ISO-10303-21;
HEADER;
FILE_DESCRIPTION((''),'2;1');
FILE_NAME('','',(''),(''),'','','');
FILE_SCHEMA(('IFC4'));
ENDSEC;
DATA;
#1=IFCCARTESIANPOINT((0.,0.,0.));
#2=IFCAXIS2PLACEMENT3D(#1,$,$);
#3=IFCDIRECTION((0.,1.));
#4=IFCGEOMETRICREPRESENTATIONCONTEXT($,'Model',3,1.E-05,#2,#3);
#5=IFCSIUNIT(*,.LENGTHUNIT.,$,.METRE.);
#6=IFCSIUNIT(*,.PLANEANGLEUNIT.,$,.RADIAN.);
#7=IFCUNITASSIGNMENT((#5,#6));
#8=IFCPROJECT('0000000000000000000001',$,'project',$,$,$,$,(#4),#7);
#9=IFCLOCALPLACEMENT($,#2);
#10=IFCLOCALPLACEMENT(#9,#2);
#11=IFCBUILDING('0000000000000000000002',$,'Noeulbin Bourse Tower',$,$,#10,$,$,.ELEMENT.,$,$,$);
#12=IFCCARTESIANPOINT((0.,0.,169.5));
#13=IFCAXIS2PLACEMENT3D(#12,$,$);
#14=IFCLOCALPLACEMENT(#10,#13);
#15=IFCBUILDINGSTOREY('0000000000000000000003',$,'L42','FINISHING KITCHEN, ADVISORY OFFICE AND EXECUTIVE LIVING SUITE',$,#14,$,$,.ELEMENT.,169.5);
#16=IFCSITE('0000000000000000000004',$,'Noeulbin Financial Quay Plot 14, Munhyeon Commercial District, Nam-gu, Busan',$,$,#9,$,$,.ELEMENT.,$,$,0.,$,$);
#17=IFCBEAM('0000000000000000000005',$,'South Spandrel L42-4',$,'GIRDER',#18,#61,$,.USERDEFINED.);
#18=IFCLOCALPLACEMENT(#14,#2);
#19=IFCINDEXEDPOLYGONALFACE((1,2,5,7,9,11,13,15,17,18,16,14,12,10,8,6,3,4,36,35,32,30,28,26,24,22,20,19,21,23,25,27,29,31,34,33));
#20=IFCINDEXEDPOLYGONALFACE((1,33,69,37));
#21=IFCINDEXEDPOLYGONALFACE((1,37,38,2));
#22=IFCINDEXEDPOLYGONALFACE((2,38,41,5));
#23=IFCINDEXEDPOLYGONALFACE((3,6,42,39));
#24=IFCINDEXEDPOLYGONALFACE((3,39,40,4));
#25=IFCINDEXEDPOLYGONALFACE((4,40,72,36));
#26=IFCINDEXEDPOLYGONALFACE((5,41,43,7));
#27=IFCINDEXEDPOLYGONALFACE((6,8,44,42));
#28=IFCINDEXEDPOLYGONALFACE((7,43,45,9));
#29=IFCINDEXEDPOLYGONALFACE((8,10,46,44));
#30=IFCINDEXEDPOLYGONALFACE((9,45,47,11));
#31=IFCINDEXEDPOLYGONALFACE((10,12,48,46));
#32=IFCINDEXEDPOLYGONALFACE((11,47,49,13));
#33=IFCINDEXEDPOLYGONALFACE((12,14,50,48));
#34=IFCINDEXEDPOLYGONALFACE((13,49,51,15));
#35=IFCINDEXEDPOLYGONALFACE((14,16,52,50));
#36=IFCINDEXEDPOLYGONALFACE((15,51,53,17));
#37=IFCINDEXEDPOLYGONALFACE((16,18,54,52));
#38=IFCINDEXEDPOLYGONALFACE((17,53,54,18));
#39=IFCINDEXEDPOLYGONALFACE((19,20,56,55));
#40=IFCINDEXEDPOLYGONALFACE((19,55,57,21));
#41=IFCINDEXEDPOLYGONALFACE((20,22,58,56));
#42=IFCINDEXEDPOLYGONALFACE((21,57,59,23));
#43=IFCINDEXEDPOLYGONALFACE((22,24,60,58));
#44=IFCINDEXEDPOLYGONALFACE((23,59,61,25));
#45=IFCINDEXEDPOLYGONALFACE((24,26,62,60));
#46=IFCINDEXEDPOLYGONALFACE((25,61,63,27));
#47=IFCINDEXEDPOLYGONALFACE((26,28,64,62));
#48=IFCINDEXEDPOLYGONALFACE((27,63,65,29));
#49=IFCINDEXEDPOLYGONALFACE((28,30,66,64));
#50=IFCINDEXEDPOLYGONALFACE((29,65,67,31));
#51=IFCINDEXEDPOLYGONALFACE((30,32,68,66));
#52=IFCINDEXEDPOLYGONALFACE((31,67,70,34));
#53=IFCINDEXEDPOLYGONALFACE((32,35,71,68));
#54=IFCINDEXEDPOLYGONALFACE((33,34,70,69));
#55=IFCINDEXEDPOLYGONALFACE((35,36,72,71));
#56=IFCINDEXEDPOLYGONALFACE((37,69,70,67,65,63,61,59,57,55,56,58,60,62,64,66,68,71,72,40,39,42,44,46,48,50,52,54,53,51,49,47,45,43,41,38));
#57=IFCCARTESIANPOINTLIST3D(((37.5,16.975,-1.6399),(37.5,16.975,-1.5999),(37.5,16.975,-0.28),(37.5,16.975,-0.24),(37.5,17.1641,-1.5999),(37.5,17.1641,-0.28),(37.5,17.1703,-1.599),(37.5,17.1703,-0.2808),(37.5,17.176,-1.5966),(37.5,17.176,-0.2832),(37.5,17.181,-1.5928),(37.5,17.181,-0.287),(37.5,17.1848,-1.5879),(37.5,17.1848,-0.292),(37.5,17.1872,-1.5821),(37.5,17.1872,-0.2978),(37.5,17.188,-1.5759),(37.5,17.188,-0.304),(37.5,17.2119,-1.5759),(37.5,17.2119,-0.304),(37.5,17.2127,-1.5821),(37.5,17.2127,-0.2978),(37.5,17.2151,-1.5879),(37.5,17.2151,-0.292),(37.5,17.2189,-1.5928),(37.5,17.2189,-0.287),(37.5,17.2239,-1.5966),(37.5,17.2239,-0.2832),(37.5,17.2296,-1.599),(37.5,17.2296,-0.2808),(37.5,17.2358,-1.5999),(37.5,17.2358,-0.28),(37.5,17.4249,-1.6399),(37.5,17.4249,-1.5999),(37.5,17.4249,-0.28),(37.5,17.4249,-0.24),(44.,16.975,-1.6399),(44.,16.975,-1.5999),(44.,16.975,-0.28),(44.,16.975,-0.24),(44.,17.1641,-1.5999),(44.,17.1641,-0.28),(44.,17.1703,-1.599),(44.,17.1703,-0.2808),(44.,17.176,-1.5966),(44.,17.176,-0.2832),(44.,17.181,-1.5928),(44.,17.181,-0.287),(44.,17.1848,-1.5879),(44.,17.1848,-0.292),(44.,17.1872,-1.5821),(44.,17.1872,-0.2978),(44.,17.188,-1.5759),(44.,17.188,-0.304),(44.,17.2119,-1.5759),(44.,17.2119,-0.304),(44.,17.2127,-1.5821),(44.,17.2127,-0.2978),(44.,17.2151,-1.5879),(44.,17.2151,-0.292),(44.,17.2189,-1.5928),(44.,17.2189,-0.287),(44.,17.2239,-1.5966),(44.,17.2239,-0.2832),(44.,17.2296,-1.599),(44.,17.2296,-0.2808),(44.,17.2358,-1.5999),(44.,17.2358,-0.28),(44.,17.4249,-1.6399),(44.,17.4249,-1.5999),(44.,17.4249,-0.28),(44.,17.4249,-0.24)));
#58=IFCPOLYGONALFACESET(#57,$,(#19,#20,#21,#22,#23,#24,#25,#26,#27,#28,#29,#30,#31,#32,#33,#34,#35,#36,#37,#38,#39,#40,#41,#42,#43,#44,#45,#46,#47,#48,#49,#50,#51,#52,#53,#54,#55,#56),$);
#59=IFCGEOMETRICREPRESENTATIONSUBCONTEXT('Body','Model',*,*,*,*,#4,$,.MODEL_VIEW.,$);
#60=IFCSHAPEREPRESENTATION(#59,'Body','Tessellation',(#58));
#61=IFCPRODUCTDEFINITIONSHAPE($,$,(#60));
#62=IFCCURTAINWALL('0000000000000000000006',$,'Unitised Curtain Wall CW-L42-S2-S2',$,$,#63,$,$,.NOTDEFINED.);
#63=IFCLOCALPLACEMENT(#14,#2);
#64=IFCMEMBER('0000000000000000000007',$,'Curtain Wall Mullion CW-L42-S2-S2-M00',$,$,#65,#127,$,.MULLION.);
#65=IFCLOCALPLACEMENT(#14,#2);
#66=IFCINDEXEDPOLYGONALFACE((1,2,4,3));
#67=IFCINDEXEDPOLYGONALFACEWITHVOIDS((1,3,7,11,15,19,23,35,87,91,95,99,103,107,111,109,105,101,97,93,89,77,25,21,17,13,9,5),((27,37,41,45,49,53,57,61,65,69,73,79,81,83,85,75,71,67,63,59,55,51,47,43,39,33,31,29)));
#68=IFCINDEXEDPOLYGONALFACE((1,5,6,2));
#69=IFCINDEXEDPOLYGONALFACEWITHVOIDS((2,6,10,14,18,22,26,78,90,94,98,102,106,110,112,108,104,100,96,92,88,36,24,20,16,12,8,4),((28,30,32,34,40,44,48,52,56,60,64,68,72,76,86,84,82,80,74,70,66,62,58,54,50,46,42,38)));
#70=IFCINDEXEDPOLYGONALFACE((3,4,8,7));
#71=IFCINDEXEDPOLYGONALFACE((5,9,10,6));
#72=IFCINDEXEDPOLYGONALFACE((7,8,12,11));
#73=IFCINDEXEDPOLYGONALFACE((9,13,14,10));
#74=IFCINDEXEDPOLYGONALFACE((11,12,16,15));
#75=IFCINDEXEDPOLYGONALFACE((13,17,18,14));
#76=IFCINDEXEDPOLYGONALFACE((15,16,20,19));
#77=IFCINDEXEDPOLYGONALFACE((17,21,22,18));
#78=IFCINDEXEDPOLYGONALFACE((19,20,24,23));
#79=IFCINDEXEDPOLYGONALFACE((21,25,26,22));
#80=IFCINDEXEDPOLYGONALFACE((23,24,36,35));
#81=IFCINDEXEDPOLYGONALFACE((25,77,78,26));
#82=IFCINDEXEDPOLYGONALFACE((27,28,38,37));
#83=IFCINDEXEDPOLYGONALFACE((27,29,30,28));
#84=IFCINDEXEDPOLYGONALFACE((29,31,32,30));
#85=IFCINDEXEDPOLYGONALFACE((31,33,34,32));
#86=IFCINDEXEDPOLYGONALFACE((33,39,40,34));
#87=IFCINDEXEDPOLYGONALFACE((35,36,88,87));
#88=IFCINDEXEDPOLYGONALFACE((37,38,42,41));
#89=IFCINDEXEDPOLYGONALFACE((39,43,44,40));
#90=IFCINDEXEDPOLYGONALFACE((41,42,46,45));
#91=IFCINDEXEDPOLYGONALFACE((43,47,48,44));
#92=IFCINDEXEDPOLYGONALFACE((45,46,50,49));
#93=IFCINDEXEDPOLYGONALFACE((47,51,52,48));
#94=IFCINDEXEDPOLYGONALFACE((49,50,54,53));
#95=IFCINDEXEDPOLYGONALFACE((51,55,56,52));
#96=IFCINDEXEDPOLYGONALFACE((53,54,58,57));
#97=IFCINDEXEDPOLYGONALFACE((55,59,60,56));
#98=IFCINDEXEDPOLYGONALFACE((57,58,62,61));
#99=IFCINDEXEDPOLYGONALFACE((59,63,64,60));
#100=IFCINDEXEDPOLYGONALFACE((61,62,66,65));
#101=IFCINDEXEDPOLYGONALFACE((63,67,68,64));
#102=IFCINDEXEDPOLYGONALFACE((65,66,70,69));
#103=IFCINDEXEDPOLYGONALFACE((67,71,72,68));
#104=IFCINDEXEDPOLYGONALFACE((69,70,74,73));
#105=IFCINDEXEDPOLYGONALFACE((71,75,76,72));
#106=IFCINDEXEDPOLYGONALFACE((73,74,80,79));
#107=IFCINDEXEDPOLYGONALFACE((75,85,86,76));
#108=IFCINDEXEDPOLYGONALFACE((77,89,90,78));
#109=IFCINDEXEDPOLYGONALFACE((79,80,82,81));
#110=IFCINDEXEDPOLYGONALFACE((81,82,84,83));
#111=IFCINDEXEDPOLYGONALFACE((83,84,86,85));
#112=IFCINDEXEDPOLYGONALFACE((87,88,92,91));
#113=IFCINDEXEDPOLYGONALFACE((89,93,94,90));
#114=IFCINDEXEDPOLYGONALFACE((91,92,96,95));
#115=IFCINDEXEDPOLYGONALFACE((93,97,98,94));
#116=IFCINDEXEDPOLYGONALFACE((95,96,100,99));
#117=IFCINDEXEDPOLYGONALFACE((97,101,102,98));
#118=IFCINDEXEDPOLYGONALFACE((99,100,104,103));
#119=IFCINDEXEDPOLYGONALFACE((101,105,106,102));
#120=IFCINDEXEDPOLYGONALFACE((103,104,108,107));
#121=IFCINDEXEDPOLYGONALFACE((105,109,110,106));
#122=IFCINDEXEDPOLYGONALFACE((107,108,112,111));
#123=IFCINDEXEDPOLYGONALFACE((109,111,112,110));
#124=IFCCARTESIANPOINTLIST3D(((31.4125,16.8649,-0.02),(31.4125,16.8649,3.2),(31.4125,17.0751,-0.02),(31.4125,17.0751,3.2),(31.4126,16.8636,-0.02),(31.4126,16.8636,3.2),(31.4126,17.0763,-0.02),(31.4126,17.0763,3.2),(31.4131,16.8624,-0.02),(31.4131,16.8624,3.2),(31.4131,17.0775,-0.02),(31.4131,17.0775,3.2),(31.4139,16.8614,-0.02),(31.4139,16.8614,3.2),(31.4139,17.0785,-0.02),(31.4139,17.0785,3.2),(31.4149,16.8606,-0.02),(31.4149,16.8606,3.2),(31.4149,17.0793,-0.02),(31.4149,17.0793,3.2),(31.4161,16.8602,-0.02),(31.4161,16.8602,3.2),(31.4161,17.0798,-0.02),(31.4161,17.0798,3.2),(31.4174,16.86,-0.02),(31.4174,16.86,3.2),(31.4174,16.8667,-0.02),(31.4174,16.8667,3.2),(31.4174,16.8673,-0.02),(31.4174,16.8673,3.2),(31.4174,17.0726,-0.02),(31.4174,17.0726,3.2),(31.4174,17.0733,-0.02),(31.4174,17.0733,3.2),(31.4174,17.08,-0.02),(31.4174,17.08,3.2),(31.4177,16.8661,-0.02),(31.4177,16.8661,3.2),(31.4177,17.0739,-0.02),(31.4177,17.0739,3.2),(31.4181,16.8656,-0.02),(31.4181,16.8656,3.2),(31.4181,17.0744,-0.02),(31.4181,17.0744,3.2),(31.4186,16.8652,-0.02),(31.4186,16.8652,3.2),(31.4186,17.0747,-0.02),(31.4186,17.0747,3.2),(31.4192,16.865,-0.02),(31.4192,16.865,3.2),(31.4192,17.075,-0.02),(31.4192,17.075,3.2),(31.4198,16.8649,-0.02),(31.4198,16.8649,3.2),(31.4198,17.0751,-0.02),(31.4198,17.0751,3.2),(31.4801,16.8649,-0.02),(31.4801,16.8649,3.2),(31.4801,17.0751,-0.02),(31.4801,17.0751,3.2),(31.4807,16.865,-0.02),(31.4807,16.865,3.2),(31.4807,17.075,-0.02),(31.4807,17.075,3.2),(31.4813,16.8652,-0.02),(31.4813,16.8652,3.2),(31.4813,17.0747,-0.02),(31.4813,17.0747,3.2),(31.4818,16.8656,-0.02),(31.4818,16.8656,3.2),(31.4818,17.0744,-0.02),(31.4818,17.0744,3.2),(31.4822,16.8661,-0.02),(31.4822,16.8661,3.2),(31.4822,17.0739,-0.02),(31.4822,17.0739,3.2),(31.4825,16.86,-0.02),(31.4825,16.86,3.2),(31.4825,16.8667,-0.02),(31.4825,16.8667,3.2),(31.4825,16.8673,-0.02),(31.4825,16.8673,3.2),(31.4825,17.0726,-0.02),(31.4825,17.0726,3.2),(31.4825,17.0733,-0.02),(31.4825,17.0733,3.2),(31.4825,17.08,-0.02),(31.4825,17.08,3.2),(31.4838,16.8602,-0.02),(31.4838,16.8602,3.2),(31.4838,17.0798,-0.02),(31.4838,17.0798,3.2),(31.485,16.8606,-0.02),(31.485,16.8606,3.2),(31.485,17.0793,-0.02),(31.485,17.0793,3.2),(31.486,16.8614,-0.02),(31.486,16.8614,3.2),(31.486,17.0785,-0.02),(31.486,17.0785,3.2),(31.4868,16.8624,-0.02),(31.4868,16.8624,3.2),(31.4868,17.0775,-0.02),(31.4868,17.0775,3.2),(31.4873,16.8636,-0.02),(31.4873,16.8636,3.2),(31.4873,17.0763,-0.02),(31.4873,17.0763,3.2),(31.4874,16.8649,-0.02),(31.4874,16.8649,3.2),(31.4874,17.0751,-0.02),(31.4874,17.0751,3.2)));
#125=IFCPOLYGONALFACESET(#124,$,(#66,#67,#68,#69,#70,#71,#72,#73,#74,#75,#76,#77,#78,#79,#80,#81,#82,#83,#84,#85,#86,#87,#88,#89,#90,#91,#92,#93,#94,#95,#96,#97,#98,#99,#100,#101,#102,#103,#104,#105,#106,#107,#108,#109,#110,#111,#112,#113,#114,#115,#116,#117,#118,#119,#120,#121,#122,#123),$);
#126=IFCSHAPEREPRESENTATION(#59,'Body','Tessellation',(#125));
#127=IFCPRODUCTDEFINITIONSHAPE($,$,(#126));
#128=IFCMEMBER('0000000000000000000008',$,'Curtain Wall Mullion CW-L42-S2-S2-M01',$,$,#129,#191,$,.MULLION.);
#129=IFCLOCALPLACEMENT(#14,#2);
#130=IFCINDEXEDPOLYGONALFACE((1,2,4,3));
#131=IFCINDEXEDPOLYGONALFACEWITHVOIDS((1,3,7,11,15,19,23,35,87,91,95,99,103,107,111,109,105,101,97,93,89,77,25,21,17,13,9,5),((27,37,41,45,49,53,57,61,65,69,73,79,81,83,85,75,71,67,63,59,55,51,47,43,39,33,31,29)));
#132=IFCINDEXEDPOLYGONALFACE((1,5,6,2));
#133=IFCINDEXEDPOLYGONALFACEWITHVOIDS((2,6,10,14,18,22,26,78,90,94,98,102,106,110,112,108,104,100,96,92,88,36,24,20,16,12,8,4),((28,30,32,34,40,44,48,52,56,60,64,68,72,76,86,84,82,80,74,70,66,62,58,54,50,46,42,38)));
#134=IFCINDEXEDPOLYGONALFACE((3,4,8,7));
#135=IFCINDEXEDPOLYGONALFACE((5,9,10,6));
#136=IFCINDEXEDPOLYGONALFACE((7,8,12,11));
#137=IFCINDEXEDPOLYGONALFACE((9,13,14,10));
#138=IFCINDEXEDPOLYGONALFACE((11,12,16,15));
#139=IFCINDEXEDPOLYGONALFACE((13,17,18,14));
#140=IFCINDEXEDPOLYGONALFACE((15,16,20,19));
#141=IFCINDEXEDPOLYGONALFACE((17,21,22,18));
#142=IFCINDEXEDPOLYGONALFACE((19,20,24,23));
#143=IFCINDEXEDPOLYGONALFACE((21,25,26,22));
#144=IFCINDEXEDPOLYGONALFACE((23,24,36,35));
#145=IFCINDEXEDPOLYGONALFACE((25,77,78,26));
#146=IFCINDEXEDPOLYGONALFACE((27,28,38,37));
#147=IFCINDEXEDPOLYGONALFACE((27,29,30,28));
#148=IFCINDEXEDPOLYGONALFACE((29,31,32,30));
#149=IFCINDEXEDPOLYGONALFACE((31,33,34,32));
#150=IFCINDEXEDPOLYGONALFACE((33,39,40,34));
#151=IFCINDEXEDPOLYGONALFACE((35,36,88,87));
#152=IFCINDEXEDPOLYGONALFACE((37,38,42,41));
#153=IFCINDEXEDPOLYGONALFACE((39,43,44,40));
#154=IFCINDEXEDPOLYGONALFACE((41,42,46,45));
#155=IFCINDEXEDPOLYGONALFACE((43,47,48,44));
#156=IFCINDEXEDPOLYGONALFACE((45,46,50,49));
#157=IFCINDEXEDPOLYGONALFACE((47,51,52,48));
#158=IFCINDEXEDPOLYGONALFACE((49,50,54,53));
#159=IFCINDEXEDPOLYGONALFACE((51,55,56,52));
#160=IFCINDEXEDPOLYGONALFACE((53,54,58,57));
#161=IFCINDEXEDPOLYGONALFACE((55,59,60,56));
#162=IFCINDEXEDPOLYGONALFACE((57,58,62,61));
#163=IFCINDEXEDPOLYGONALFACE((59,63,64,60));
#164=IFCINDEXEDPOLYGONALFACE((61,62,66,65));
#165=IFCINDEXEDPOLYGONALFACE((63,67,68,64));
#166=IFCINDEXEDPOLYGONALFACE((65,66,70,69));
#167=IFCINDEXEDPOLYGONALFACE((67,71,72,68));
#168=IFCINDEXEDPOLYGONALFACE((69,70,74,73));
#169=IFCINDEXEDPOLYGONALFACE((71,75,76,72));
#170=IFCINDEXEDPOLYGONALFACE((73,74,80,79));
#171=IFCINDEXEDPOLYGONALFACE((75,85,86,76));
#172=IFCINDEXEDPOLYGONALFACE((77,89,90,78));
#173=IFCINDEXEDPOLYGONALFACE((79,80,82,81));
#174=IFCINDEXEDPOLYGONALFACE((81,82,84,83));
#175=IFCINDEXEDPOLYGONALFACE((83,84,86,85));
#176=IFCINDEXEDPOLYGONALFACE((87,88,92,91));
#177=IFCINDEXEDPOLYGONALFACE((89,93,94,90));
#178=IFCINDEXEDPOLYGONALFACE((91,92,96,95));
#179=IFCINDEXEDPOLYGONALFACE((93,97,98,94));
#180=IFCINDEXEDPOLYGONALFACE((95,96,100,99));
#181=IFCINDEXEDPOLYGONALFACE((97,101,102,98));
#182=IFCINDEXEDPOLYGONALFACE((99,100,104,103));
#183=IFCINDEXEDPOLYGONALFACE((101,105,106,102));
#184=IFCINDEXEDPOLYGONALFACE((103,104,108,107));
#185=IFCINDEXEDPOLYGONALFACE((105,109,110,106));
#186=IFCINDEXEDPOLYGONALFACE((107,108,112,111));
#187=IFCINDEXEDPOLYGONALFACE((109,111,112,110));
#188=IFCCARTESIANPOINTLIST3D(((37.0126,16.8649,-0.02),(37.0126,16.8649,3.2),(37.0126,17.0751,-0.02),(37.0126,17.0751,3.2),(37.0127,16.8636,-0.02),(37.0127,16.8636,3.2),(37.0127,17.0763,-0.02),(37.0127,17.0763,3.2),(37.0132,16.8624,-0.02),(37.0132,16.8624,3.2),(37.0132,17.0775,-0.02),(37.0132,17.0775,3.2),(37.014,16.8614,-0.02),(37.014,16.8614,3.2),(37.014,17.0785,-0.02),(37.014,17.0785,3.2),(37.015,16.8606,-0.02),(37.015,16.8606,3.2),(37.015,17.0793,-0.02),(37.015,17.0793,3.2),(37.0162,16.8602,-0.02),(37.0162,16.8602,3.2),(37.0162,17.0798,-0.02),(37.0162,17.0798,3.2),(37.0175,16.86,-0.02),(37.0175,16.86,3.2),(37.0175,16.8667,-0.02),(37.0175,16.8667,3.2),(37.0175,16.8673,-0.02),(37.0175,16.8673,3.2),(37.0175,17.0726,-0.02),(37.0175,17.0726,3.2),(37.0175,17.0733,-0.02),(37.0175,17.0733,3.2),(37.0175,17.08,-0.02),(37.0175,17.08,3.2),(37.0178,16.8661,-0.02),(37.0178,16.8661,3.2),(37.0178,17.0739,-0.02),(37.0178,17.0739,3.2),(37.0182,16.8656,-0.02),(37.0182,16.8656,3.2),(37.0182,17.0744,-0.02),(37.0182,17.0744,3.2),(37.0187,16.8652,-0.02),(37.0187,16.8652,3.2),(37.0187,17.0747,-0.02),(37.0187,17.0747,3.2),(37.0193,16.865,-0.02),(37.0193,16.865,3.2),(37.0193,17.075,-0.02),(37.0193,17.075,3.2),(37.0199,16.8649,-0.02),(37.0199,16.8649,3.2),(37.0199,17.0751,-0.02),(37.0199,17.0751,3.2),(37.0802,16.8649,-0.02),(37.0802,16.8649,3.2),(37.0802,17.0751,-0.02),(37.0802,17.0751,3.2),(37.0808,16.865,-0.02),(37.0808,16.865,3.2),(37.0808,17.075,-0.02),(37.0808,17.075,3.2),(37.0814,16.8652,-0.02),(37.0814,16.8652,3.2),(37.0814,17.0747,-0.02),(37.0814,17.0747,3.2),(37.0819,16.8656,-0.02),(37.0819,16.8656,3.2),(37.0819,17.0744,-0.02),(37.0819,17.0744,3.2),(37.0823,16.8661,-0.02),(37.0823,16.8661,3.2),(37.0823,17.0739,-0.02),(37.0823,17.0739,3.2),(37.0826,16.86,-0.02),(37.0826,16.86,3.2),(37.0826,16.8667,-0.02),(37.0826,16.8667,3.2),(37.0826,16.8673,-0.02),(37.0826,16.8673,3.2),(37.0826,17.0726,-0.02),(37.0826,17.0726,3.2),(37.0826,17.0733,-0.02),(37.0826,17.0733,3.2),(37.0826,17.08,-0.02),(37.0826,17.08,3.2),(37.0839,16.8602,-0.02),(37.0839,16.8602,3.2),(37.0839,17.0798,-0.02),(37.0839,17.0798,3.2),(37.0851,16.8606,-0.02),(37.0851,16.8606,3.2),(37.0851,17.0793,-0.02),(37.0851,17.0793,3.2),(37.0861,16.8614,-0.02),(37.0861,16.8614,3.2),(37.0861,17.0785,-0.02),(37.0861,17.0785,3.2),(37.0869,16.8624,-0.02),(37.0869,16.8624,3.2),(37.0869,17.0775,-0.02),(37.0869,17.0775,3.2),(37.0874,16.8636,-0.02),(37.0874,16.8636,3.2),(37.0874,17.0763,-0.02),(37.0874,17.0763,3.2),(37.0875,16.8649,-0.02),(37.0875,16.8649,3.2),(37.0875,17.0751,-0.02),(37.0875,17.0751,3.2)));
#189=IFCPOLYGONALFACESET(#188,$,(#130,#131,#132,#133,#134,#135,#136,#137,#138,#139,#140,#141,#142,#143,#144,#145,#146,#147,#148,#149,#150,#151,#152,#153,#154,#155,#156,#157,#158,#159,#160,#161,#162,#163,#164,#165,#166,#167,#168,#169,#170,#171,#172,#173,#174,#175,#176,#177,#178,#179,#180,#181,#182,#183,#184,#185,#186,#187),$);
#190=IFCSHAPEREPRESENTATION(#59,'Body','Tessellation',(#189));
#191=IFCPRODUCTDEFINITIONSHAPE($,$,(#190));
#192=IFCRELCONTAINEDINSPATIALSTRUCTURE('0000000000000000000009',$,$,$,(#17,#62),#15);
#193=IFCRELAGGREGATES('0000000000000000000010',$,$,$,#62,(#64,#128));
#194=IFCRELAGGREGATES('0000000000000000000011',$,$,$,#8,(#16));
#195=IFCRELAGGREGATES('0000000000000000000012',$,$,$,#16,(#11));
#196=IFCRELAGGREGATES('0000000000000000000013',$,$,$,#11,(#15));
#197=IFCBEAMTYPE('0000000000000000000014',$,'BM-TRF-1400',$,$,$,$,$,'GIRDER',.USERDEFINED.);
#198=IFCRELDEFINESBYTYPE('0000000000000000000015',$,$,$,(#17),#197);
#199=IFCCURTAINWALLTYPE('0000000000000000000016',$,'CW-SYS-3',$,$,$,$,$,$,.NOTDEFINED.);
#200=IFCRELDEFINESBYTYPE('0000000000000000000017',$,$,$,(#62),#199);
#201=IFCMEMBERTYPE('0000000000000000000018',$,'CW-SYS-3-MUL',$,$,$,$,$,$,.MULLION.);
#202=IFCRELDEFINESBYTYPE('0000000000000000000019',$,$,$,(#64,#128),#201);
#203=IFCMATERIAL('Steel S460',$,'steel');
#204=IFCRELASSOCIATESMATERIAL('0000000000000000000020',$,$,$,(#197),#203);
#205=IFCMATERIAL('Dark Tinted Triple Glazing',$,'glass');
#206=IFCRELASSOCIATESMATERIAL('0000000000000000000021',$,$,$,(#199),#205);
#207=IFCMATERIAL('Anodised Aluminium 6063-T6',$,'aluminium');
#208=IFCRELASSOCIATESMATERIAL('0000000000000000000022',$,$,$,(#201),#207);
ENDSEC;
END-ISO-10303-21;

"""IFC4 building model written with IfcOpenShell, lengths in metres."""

from ifc_helpers import new_model, si_unit, direction, frame, origin, origin_2d, place, context, subcontext, project, spatial, hollow_rectangle, i_section, extrude, material, material_profile, profile_set, type_object, element, aggregate, save


model = new_model("IFC4")

# Units and contexts
model_context = context("Model", 3, precision=1e-05, world=origin(), true_north=direction((0.0, 1.0)))
body_context = subcontext(model_context, "Body", "Model", "MODEL_VIEW")
ifc_project = project(units=[si_unit("LENGTHUNIT", "METRE"), si_unit("PLANEANGLEUNIT", "RADIAN")], contexts=[model_context])

# Site, building, storey
site_placement = place(None, origin())
site = spatial("IfcSite", under=ifc_project, at=site_placement, Name="Noeulbin Financial Quay Plot 14, Munhyeon Commercial District, Nam-gu, Busan", CompositionType="ELEMENT", RefElevation=0.0)
building_placement = place(site_placement, origin())
building = spatial("IfcBuilding", under=site, at=building_placement, Name="Noeulbin Bourse Tower", CompositionType="ELEMENT")
storey_placement = place(building_placement, frame((0.0, 0.0, 169.5)))
storey = spatial("IfcBuildingStorey", under=building, at=storey_placement, Name="L42", Description="FINISHING KITCHEN, ADVISORY OFFICE AND EXECUTIVE LIVING SUITE", CompositionType="ELEMENT", Elevation=169.5)

# Beam
ifc_material_1 = material(Name="Steel S460", Category="steel")
ifc_material_profile_1 = material_profile(ifc_material_1, i_section(OverallWidth=0.45, OverallDepth=1.3999, WebThickness=0.0239, FlangeThickness=0.04, FilletRadius=0.0239, at=origin_2d()), Name="PG-1400x450x24x40", Category="LoadBearing")
ifc_profile_set_1 = profile_set([ifc_material_profile_1], Name="Steel S460")
beam_type_1 = type_object("IfcBeamType", Name="BM-TRF-1400", ElementType="GIRDER", PredefinedType="USERDEFINED", material=ifc_profile_set_1)
for number, where, z_axis, x_axis, name in (
    (1, (37.5, 17.2, -0.9399), (1.0, 0.0, 0.0), (0.0, 1.0, 0.0), "South Spandrel L42-4"),
):
    element("IfcBeam", number, at=place(storey_placement, frame(where, z_axis=z_axis, x_axis=x_axis)), inside=storey, type_object=beam_type_1, Name=name, ObjectType="GIRDER", PredefinedType="USERDEFINED", context=body_context, shape_type="SweptSolid", body=[
        extrude(i_section(OverallWidth=0.45, OverallDepth=1.3999, WebThickness=0.0239, FlangeThickness=0.04, FilletRadius=0.0239, at=origin_2d()), origin(), (0.0, 0.0, 1.0), 6.5),
    ])

# Curtain wall, members
ifc_material_2 = material(Name="Dark Tinted Triple Glazing", Category="glass")
curtain_wall_type = type_object("IfcCurtainWallType", Name="CW-SYS-3", PredefinedType="NOTDEFINED", material=ifc_material_2)
curtain_wall_1_placement = place(storey_placement, origin())
curtain_wall_1 = element("IfcCurtainWall", 2, at=curtain_wall_1_placement, inside=storey, type_object=curtain_wall_type, Name="Unitised Curtain Wall CW-L42-S2-S2", PredefinedType="NOTDEFINED")
ifc_material_3 = material(Name="Anodised Aluminium 6063-T6", Category="aluminium")
ifc_material_profile_2 = material_profile(ifc_material_3, hollow_rectangle(XDim=0.075, YDim=0.22, WallThickness=0.0049, InnerFilletRadius=0.0024, OuterFilletRadius=0.0049, at=origin_2d()), Name="ALU-MULL-75x220x5", Category="LoadBearing")
ifc_profile_set_2 = profile_set([ifc_material_profile_2], Name="Anodised Aluminium 6063-T6")
member_type_1 = type_object("IfcMemberType", Name="CW-SYS-3-MUL", PredefinedType="MULLION", material=ifc_profile_set_2)
member_1_placement = place(storey_placement, frame((31.45, 16.97, -0.02), z_axis=(0.0, 0.0, 1.0), x_axis=(1.0, 0.0, 0.0)))
member_1 = element("IfcMember", 3, at=member_1_placement, type_object=member_type_1, Name="Curtain Wall Mullion CW-L42-S2-S2-M00", PredefinedType="MULLION", context=body_context, shape_type="SweptSolid", body=[
    extrude(hollow_rectangle(XDim=0.075, YDim=0.22, WallThickness=0.0049, InnerFilletRadius=0.0024, OuterFilletRadius=0.0049, at=origin_2d()), origin(), (0.0, 0.0, 1.0), 3.22),
])
member_2_placement = place(storey_placement, frame((37.05, 16.97, -0.02), z_axis=(0.0, 0.0, 1.0), x_axis=(1.0, 0.0, 0.0)))
member_2 = element("IfcMember", 4, at=member_2_placement, type_object=member_type_1, Name="Curtain Wall Mullion CW-L42-S2-S2-M01", PredefinedType="MULLION", context=body_context, shape_type="SweptSolid", body=[
    extrude(hollow_rectangle(XDim=0.075, YDim=0.22, WallThickness=0.0049, InnerFilletRadius=0.0024, OuterFilletRadius=0.0049, at=origin_2d()), origin(), (0.0, 0.0, 1.0), 3.22),
])

aggregate(curtain_wall_1, [member_1, member_2])

save(model, "model.ifc")
